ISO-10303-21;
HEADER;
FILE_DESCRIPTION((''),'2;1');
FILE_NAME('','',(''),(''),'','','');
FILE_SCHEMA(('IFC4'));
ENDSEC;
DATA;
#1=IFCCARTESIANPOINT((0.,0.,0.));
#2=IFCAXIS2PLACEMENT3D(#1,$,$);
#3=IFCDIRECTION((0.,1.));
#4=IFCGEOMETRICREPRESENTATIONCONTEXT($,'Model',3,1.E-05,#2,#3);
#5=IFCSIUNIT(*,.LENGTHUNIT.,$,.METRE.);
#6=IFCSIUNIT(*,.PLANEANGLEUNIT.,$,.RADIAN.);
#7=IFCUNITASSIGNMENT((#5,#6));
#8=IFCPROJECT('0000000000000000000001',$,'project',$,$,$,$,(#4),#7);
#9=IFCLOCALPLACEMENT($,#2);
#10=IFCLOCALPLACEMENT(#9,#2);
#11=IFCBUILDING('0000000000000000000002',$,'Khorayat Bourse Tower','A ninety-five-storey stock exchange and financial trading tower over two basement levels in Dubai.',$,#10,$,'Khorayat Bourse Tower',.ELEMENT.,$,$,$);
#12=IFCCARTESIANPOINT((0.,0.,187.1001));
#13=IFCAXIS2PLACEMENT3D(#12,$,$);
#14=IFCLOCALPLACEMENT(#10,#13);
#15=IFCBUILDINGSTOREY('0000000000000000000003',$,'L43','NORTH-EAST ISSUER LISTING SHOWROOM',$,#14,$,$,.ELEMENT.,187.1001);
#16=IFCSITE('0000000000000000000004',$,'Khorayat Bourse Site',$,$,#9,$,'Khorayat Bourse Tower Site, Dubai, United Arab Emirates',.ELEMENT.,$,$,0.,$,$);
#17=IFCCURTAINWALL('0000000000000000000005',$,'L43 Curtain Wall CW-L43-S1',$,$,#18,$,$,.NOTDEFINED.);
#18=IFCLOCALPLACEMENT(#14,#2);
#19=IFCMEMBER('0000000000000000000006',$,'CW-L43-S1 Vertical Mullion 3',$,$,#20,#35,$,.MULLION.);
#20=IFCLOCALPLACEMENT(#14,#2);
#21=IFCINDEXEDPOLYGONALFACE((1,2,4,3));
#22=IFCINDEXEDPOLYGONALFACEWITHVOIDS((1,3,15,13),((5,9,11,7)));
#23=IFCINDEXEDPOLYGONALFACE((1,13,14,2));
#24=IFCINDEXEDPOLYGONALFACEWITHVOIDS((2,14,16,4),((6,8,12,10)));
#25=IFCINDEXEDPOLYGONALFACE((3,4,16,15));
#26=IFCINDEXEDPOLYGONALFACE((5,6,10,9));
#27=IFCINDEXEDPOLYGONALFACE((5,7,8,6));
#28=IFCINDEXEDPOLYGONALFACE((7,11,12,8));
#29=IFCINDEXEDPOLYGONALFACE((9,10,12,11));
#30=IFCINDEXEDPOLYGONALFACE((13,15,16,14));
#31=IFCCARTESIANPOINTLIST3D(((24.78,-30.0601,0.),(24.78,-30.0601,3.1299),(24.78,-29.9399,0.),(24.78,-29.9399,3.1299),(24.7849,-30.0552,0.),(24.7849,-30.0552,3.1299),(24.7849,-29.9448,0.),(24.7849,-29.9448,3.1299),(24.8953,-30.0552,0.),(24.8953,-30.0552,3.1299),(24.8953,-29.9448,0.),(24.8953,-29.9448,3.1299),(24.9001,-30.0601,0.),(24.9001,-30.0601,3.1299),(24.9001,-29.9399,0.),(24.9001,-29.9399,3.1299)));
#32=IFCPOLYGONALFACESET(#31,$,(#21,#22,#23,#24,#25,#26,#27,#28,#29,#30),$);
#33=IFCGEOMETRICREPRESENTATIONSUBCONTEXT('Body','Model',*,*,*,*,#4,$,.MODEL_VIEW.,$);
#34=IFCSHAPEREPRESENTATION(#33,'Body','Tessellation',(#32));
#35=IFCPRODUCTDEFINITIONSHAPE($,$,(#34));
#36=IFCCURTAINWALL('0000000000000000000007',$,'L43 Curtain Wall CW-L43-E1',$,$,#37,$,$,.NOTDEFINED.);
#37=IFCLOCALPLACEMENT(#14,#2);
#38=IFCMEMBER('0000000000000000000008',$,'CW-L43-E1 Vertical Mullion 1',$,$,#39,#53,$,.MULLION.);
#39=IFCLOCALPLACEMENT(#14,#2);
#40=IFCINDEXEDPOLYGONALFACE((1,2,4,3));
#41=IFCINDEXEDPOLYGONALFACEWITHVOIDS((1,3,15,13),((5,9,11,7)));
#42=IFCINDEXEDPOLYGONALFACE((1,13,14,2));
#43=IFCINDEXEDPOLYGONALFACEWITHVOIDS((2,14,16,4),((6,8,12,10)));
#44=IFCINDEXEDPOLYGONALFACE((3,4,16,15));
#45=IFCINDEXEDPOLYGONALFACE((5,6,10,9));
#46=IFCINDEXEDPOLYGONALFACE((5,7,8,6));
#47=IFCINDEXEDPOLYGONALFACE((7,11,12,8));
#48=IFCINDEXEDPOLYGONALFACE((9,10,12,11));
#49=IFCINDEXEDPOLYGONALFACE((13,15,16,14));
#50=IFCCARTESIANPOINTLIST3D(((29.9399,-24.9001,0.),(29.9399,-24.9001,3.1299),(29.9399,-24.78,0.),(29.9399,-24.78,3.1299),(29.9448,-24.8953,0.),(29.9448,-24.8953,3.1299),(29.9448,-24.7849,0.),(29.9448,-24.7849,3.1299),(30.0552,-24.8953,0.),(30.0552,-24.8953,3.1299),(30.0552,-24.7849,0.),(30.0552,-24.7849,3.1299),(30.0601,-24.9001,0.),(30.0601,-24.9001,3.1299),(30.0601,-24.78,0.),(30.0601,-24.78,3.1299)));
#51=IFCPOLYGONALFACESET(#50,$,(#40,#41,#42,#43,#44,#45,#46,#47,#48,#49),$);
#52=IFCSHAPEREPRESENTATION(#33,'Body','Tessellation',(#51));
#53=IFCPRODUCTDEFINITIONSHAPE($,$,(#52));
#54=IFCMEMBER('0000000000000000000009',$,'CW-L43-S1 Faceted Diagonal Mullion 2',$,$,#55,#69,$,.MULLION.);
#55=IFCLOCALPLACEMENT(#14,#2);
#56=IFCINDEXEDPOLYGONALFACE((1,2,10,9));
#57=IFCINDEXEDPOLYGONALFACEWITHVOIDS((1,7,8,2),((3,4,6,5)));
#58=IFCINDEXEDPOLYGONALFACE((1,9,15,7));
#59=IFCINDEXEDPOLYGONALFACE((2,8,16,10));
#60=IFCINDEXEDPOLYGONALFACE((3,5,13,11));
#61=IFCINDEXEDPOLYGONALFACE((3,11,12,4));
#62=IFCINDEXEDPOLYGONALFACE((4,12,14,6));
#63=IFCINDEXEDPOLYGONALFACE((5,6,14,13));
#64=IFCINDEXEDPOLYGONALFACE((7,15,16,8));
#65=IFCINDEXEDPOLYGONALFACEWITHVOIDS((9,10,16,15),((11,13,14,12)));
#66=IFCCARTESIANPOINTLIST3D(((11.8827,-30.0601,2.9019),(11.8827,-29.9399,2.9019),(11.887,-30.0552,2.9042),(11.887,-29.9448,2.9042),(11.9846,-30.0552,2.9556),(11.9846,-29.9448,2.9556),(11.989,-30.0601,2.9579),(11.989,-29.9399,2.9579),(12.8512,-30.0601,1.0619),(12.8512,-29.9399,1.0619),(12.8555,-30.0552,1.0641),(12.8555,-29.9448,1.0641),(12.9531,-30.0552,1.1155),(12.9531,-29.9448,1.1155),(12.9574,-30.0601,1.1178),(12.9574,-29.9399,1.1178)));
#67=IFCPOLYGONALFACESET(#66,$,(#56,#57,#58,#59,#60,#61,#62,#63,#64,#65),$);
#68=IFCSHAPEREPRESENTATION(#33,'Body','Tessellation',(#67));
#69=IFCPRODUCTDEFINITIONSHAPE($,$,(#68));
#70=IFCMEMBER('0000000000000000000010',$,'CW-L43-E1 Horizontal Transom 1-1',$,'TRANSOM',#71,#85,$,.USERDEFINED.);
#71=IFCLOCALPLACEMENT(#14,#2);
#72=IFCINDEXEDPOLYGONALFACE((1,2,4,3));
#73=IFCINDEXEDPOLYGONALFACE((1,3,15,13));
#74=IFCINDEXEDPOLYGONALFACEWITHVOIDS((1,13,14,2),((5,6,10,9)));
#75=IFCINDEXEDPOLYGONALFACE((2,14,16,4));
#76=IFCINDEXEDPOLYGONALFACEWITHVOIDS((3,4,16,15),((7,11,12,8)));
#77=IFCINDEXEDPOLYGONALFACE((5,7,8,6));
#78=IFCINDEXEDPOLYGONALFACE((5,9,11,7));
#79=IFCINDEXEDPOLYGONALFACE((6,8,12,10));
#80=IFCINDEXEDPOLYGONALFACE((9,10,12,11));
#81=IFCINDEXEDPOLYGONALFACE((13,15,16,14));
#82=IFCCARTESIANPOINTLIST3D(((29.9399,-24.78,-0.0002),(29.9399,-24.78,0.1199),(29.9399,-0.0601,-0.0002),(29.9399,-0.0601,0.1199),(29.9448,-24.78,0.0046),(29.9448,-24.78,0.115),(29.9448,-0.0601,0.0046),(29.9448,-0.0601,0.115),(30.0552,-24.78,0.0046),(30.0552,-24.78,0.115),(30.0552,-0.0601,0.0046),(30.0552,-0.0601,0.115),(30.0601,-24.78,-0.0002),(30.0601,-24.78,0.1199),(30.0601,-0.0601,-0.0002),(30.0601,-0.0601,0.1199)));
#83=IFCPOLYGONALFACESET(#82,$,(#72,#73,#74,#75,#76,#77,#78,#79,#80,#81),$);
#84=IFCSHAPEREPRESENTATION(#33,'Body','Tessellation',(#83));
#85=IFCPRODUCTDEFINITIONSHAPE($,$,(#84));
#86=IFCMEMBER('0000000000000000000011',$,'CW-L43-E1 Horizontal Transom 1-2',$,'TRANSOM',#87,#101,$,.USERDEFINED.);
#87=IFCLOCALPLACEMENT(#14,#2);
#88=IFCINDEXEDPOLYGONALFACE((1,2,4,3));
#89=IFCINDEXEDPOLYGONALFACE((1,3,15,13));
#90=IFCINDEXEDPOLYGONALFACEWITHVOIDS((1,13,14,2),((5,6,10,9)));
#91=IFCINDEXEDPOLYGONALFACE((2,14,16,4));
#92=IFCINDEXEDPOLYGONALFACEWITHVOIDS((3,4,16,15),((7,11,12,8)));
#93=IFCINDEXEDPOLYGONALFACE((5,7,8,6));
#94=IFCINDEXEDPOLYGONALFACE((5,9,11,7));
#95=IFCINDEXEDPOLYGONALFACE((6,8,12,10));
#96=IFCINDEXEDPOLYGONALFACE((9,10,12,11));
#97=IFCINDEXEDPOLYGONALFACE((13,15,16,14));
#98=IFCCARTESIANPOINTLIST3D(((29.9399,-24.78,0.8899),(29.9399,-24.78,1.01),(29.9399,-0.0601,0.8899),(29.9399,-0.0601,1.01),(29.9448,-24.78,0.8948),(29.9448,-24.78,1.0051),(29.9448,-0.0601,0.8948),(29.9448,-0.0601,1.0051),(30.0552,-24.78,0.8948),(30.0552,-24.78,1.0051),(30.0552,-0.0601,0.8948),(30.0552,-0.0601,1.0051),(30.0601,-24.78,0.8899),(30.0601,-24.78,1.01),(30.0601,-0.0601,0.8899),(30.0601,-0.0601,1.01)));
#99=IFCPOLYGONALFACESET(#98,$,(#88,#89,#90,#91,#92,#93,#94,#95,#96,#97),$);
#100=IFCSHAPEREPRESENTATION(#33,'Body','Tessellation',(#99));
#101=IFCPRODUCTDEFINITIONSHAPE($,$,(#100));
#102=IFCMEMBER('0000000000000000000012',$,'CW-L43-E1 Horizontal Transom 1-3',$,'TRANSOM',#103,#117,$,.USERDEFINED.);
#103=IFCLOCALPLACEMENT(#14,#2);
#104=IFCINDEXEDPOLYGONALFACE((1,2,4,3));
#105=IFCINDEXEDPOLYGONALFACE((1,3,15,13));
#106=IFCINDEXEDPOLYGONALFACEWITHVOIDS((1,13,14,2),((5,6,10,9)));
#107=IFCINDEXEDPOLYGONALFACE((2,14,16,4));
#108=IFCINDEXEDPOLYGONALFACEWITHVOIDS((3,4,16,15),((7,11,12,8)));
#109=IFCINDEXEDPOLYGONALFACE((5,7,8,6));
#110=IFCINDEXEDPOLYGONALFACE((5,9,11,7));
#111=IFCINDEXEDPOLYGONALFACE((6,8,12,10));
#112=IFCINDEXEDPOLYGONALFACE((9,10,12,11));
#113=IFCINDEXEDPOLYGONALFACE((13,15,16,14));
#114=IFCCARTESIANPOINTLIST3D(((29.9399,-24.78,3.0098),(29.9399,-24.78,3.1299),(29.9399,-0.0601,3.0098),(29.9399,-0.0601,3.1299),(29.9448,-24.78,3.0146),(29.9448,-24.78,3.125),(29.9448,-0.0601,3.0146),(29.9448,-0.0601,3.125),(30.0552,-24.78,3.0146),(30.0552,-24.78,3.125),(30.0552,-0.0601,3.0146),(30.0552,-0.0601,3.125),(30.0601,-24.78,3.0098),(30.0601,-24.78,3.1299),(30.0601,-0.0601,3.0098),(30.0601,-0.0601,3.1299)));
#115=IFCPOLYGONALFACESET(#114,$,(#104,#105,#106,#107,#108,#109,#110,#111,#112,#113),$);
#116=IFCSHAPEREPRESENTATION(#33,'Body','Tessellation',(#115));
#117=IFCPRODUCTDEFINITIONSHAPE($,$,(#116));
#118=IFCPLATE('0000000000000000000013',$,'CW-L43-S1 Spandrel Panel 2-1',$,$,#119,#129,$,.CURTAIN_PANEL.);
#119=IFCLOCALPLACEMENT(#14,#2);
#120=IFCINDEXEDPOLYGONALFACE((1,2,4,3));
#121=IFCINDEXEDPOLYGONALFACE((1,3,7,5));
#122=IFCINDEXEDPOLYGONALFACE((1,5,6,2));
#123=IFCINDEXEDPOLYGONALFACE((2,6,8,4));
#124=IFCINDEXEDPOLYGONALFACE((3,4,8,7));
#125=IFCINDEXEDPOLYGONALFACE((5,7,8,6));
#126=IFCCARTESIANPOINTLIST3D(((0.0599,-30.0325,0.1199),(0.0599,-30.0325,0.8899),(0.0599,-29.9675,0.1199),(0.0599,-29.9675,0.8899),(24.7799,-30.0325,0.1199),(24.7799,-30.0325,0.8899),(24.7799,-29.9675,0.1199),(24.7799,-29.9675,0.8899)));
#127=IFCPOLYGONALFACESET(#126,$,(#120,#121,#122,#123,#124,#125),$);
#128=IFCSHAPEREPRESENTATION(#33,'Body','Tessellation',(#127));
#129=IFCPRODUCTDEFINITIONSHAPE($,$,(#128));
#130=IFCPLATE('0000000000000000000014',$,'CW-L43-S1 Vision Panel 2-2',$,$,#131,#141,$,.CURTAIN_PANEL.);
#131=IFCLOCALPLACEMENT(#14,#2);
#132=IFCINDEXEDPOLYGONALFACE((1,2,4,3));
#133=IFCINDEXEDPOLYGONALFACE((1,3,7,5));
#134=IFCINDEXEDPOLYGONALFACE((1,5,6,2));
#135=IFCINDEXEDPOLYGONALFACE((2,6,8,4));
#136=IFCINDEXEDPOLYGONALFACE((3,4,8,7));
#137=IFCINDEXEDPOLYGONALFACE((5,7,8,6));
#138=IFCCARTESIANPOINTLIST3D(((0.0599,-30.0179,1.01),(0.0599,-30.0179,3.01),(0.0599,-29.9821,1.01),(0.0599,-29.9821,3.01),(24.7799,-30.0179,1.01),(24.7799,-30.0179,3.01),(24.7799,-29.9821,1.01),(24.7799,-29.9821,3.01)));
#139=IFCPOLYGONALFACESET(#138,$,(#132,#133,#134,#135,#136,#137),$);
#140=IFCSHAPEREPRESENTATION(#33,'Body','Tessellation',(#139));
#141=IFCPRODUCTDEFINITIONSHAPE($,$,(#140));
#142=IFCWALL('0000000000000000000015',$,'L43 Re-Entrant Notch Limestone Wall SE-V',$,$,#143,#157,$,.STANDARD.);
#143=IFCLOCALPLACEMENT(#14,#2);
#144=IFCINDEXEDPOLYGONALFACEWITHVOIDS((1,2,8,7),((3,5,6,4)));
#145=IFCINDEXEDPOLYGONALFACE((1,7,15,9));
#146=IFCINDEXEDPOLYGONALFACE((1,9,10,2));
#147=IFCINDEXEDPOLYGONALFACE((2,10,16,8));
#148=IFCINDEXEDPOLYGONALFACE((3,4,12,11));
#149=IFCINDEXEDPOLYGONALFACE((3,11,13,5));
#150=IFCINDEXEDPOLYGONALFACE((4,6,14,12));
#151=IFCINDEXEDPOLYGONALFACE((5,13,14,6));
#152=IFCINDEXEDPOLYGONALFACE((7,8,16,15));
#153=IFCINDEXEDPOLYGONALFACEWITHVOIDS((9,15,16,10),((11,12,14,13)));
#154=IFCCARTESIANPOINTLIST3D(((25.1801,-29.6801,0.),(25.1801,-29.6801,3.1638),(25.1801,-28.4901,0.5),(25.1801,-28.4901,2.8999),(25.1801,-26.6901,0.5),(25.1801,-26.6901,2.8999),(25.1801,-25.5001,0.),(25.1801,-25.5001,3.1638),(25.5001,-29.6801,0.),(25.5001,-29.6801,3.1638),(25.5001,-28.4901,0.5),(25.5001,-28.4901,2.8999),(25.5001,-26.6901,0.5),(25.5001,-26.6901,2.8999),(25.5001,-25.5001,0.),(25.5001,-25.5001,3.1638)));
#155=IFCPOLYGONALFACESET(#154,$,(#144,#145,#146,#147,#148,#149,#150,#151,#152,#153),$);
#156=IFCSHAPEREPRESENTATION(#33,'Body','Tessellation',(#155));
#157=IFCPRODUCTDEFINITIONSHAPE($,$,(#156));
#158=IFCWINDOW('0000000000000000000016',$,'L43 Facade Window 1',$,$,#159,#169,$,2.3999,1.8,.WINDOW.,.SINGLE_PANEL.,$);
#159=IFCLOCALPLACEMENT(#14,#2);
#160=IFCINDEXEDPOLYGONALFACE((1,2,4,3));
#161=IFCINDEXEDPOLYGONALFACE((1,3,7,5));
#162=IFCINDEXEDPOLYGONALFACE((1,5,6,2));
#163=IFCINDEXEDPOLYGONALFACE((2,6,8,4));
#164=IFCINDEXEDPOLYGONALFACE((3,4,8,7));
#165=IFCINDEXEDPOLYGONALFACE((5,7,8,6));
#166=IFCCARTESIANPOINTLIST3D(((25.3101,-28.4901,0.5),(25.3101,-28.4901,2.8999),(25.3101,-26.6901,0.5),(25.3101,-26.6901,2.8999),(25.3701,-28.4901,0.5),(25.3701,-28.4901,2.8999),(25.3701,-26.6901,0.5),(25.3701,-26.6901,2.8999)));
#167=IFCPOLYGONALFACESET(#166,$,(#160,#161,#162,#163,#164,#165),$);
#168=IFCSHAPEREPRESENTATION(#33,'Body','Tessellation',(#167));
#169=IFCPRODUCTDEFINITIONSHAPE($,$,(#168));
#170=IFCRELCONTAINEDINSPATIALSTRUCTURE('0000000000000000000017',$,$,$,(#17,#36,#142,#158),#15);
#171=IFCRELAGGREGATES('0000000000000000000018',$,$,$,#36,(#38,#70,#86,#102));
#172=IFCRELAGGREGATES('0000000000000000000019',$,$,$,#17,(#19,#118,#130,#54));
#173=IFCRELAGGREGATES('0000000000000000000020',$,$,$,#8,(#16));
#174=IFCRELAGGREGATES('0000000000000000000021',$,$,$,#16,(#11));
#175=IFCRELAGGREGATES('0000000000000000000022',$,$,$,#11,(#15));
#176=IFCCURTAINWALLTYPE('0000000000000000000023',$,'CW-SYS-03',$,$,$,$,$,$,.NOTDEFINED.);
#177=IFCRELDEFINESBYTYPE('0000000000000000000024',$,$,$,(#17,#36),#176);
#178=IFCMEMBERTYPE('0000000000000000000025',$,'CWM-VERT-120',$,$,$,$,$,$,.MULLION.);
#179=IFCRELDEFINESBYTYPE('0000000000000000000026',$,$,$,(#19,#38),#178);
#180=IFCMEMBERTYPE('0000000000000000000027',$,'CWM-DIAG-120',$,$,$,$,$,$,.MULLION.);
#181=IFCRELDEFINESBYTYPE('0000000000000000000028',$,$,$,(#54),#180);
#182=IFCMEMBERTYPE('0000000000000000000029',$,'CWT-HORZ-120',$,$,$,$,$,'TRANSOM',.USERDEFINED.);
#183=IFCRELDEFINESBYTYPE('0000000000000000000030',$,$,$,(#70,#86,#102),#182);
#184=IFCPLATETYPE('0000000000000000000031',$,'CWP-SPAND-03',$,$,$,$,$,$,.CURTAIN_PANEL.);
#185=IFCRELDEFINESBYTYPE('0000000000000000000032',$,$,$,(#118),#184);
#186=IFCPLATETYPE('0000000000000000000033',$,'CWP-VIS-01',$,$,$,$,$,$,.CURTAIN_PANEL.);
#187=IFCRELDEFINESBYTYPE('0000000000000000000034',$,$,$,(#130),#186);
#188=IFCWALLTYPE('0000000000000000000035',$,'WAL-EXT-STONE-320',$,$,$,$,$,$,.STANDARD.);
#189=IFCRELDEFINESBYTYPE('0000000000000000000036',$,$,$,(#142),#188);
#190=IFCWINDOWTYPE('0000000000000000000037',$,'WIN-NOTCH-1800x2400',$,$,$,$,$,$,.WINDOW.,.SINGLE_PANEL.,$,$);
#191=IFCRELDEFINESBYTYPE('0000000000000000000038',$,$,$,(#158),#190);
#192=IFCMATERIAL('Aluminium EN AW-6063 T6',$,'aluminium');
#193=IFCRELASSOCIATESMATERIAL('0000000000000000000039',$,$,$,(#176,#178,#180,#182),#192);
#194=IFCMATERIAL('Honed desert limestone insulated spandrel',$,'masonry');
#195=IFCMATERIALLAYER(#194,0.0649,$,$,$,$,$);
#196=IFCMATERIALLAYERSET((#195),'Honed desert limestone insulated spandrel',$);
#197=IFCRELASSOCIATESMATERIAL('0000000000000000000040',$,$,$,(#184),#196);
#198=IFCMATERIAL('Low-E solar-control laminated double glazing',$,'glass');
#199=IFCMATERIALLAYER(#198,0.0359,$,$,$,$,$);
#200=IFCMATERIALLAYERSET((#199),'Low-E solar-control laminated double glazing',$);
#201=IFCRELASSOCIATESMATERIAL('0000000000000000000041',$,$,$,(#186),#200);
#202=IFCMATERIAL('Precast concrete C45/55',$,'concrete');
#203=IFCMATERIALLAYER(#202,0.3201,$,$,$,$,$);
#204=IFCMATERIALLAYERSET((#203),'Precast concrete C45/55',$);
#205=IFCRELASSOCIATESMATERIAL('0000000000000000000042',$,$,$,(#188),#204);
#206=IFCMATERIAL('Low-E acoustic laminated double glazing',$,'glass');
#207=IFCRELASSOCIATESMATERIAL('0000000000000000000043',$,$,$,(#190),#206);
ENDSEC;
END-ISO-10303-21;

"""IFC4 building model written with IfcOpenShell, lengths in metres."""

from ifc_helpers import new_model, si_unit, direction, frame, frame_2d, origin, origin_2d, place, context, subcontext, project, spatial, rectangle, hollow_rectangle, extrude, source, transform, mapped, material, layer, layer_set, material_profile, profile_set, type_object, element, fill, aggregate, save


model = new_model("IFC4")

# Units and contexts
model_context = context("Model", 3, precision=1e-05, world=origin(), true_north=direction((0.0, 1.0)))
body_context = subcontext(model_context, "Body", "Model", "MODEL_VIEW")
ifc_project = project(units=[si_unit("LENGTHUNIT", "METRE"), si_unit("PLANEANGLEUNIT", "RADIAN")], contexts=[model_context])

# Site, building, storey
site_placement = place(None, origin())
site = spatial("IfcSite", under=ifc_project, at=site_placement, Name="Khorayat Bourse Site", LongName="Khorayat Bourse Tower Site, Dubai, United Arab Emirates", CompositionType="ELEMENT", RefElevation=0.0)
building_placement = place(site_placement, origin())
building = spatial("IfcBuilding", under=site, at=building_placement, Name="Khorayat Bourse Tower", Description="A ninety-five-storey stock exchange and financial trading tower over two basement levels in Dubai.", LongName="Khorayat Bourse Tower", CompositionType="ELEMENT")
storey_placement = place(building_placement, frame((0.0, 0.0, 187.1001)))
storey = spatial("IfcBuildingStorey", under=building, at=storey_placement, Name="L43", Description="NORTH-EAST ISSUER LISTING SHOWROOM", CompositionType="ELEMENT", Elevation=187.1001)

# Curtain walls, members
ifc_material_1 = material(Name="Aluminium EN AW-6063 T6", Category="aluminium")
curtain_wall_type = type_object("IfcCurtainWallType", Name="CW-SYS-03", PredefinedType="NOTDEFINED", material=ifc_material_1)
curtain_wall_1_placement = place(storey_placement, origin())
curtain_wall_1 = element("IfcCurtainWall", 1, at=curtain_wall_1_placement, inside=storey, type_object=curtain_wall_type, Name="L43 Curtain Wall CW-L43-S1", PredefinedType="NOTDEFINED")
ifc_material_profile_1 = material_profile(ifc_material_1, hollow_rectangle(XDim=0.1201, YDim=0.1201, WallThickness=0.0049, at=origin_2d()), Name="ALU 120x120x5")
ifc_profile_set_1 = profile_set([ifc_material_profile_1], Name="Aluminium EN AW-6063 T6")
member_type_1 = type_object("IfcMemberType", Name="CWM-VERT-120", PredefinedType="MULLION", material=ifc_profile_set_1)
shared_shape_1 = source(origin(), body_context, "Body", "SweptSolid", [
    extrude(hollow_rectangle(XDim=0.1201, YDim=0.1201, WallThickness=0.0049, at=origin_2d()), origin(), (0.0, 0.0, 1.0), 3.1299),
])
member_1_placement = place(storey_placement, frame((24.8401, -30.0, 0.0), z_axis=(0.0, 0.0, 1.0), x_axis=(0.0, 1.0, 0.0)))
member_1 = element("IfcMember", 2, at=member_1_placement, type_object=member_type_1, Name="CW-L43-S1 Vertical Mullion 3", PredefinedType="MULLION", context=body_context, shape_type="MappedRepresentation", body=[
    mapped(shared_shape_1, transform((0.0, 0.0, 0.0), scale=1.0)),
])
curtain_wall_2_placement = place(storey_placement, origin())
curtain_wall_2 = element("IfcCurtainWall", 3, at=curtain_wall_2_placement, inside=storey, type_object=curtain_wall_type, Name="L43 Curtain Wall CW-L43-E1", PredefinedType="NOTDEFINED")
member_2_placement = place(storey_placement, frame((30.0, -24.8401, 0.0), z_axis=(0.0, 0.0, 1.0), x_axis=(-1.0, 0.0, 0.0)))
member_2 = element("IfcMember", 4, at=member_2_placement, type_object=member_type_1, Name="CW-L43-E1 Vertical Mullion 1", PredefinedType="MULLION", context=body_context, shape_type="MappedRepresentation", body=[
    mapped(shared_shape_1, transform((0.0, 0.0, 0.0), scale=1.0)),
])

# Members
ifc_material_profile_2 = material_profile(ifc_material_1, hollow_rectangle(XDim=0.1201, YDim=0.1201, WallThickness=0.0049, at=origin_2d()), Name="ALU 120x120x5")
ifc_profile_set_2 = profile_set([ifc_material_profile_2], Name="Aluminium EN AW-6063 T6")
member_type_2 = type_object("IfcMemberType", Name="CWM-DIAG-120", PredefinedType="MULLION", material=ifc_profile_set_2)
shared_shape_2 = source(origin(), body_context, "Body", "SweptSolid", [
    extrude(hollow_rectangle(XDim=0.1201, YDim=0.1201, WallThickness=0.0049, at=origin_2d()), origin(), (0.0, 0.0, 1.0), 2.0793),
])
member_3_placement = place(storey_placement, frame((12.9043, -30.0, 1.0898), z_axis=(-0.465761, 0.0, 0.884911), x_axis=(0.0, -1.0, 0.0)))
member_3 = element("IfcMember", 5, at=member_3_placement, type_object=member_type_2, Name="CW-L43-S1 Faceted Diagonal Mullion 2", PredefinedType="MULLION", context=body_context, shape_type="MappedRepresentation", body=[
    mapped(shared_shape_2, transform((0.0, 0.0, 0.0), scale=1.0)),
])
ifc_material_profile_3 = material_profile(ifc_material_1, hollow_rectangle(XDim=0.1201, YDim=0.1201, WallThickness=0.0049, at=origin_2d()), Name="ALU 120x120x5")
ifc_profile_set_3 = profile_set([ifc_material_profile_3], Name="Aluminium EN AW-6063 T6")
member_type_3 = type_object("IfcMemberType", Name="CWT-HORZ-120", ElementType="TRANSOM", PredefinedType="USERDEFINED", material=ifc_profile_set_3)
shared_shape_3 = source(origin(), body_context, "Body", "SweptSolid", [
    extrude(hollow_rectangle(XDim=0.1201, YDim=0.1201, WallThickness=0.0049, at=origin_2d()), origin(), (0.0, 0.0, 1.0), 24.72),
])
member_4_placement = place(storey_placement, frame((30.0, -24.78, 0.0598), z_axis=(0.0, 1.0, 0.0), x_axis=(-1.0, 0.0, 0.0)))
member_4 = element("IfcMember", 6, at=member_4_placement, type_object=member_type_3, Name="CW-L43-E1 Horizontal Transom 1-1", ObjectType="TRANSOM", PredefinedType="USERDEFINED", context=body_context, shape_type="MappedRepresentation", body=[
    mapped(shared_shape_3, transform((0.0, 0.0, 0.0), scale=1.0)),
])
member_5_placement = place(storey_placement, frame((30.0, -24.78, 0.95), z_axis=(0.0, 1.0, 0.0), x_axis=(-1.0, 0.0, 0.0)))
member_5 = element("IfcMember", 7, at=member_5_placement, type_object=member_type_3, Name="CW-L43-E1 Horizontal Transom 1-2", ObjectType="TRANSOM", PredefinedType="USERDEFINED", context=body_context, shape_type="MappedRepresentation", body=[
    mapped(shared_shape_3, transform((0.0, 0.0, 0.0), scale=1.0)),
])
member_6_placement = place(storey_placement, frame((30.0, -24.78, 3.0698), z_axis=(0.0, 1.0, 0.0), x_axis=(-1.0, 0.0, 0.0)))
member_6 = element("IfcMember", 8, at=member_6_placement, type_object=member_type_3, Name="CW-L43-E1 Horizontal Transom 1-3", ObjectType="TRANSOM", PredefinedType="USERDEFINED", context=body_context, shape_type="MappedRepresentation", body=[
    mapped(shared_shape_3, transform((0.0, 0.0, 0.0), scale=1.0)),
])
aggregate(curtain_wall_2, [member_2, member_4, member_5, member_6])

# Plates
ifc_material_2 = material(Name="Honed desert limestone insulated spandrel", Category="masonry")
ifc_layer_1 = layer(ifc_material_2, 0.0649)
ifc_layer_set_1 = layer_set([ifc_layer_1], Name="Honed desert limestone insulated spandrel")
plate_type_1 = type_object("IfcPlateType", Name="CWP-SPAND-03", PredefinedType="CURTAIN_PANEL", material=ifc_layer_set_1)
shared_shape_4 = source(origin(), body_context, "Body", "SweptSolid", [
    extrude(rectangle(XDim=24.72, YDim=0.0649, at=origin_2d()), origin(), (0.0, 0.0, 1.0), 0.77),
])
plate_1_placement = place(storey_placement, frame((12.4199, -30.0, 0.1199), z_axis=(0.0, 0.0, 1.0), x_axis=(1.0, 0.0, 0.0)))
plate_1 = element("IfcPlate", 9, at=plate_1_placement, type_object=plate_type_1, Name="CW-L43-S1 Spandrel Panel 2-1", PredefinedType="CURTAIN_PANEL", context=body_context, shape_type="MappedRepresentation", body=[
    mapped(shared_shape_4, transform((0.0, 0.0, 0.0), scale=1.0)),
])
ifc_material_3 = material(Name="Low-E solar-control laminated double glazing", Category="glass")
ifc_layer_2 = layer(ifc_material_3, 0.0359)
ifc_layer_set_2 = layer_set([ifc_layer_2], Name="Low-E solar-control laminated double glazing")
plate_type_2 = type_object("IfcPlateType", Name="CWP-VIS-01", PredefinedType="CURTAIN_PANEL", material=ifc_layer_set_2)
shared_shape_5 = source(origin(), body_context, "Body", "SweptSolid", [
    extrude(rectangle(XDim=24.72, YDim=0.0359, at=origin_2d()), origin(), (0.0, 0.0, 1.0), 2.0),
])
plate_2_placement = place(storey_placement, frame((12.4199, -30.0, 1.01), z_axis=(0.0, 0.0, 1.0), x_axis=(1.0, 0.0, 0.0)))
plate_2 = element("IfcPlate", 10, at=plate_2_placement, type_object=plate_type_2, Name="CW-L43-S1 Vision Panel 2-2", PredefinedType="CURTAIN_PANEL", context=body_context, shape_type="MappedRepresentation", body=[
    mapped(shared_shape_5, transform((0.0, 0.0, 0.0), scale=1.0)),
])
aggregate(curtain_wall_1, [member_1, plate_1, plate_2, member_3])

# Wall, opening, window
ifc_material_4 = material(Name="Precast concrete C45/55", Category="concrete")
ifc_layer_3 = layer(ifc_material_4, 0.3201)
ifc_layer_set_3 = layer_set([ifc_layer_3], Name="Precast concrete C45/55")
wall_type_1 = type_object("IfcWallType", Name="WAL-EXT-STONE-320", PredefinedType="STANDARD", material=ifc_layer_set_3)
shared_shape_6 = source(origin(), body_context, "Body", "SweptSolid", [
    extrude(rectangle(XDim=4.1799, YDim=0.3201, at=frame_2d((2.0898, 0.0))), origin(), (0.0, 0.0, 1.0), 3.1638),
])
wall_1_placement = place(storey_placement, frame((25.3401, -29.6799, 0.0), z_axis=(0.0, 0.0, 1.0), x_axis=(0.0, 1.0, 0.0)))
wall_1 = element("IfcWall", 11, at=wall_1_placement, inside=storey, type_object=wall_type_1, Name="L43 Re-Entrant Notch Limestone Wall SE-V", PredefinedType="STANDARD", context=body_context, shape_type="MappedRepresentation", body=[
    mapped(shared_shape_6, transform((0.0, 0.0, 0.0), scale=1.0)),
])
shared_shape_7 = source(origin(), body_context, "Body", "SweptSolid", [
    extrude(rectangle(XDim=1.8, YDim=2.3999, at=frame_2d((0.8999, 1.2))), frame((0.0, 0.1699, 0.0), z_axis=(0.0, -1.0, 0.0), x_axis=(1.0, 0.0, 0.0)), (0.0, 0.0, 1.0), 0.3401),
])
opening_1_placement = place(wall_1_placement, frame((1.1899, 0.0, 0.5)))
opening_1 = element("IfcOpeningElement", 12, at=opening_1_placement, cuts=wall_1, PredefinedType="OPENING", context=body_context, shape_type="MappedRepresentation", body=[
    mapped(shared_shape_7, transform((0.0, 0.0, 0.0), scale=1.0)),
])
ifc_material_5 = material(Name="Low-E acoustic laminated double glazing", Category="glass")
window_type = type_object("IfcWindowType", Name="WIN-NOTCH-1800x2400", PartitioningType="SINGLE_PANEL", PredefinedType="WINDOW", material=ifc_material_5)
shared_shape_8 = source(origin(), body_context, "Body", "SweptSolid", [
    extrude(rectangle(XDim=1.8, YDim=2.3999, at=frame_2d((0.8999, 1.2))), frame((0.0, 0.03, 0.0), z_axis=(0.0, -1.0, 0.0), x_axis=(1.0, 0.0, 0.0)), (0.0, 0.0, 1.0), 0.0601),
])
window_1_placement = place(opening_1_placement, origin())
window_1 = element("IfcWindow", 13, at=window_1_placement, inside=storey, type_object=window_type, Name="L43 Facade Window 1", OverallHeight=2.3999, OverallWidth=1.8, PartitioningType="SINGLE_PANEL", PredefinedType="WINDOW", context=body_context, shape_type="MappedRepresentation", body=[
    mapped(shared_shape_8, transform((0.0, 0.0, 0.0), scale=1.0)),
])
fill(opening_1, window_1)

save(model, "model.ifc")
